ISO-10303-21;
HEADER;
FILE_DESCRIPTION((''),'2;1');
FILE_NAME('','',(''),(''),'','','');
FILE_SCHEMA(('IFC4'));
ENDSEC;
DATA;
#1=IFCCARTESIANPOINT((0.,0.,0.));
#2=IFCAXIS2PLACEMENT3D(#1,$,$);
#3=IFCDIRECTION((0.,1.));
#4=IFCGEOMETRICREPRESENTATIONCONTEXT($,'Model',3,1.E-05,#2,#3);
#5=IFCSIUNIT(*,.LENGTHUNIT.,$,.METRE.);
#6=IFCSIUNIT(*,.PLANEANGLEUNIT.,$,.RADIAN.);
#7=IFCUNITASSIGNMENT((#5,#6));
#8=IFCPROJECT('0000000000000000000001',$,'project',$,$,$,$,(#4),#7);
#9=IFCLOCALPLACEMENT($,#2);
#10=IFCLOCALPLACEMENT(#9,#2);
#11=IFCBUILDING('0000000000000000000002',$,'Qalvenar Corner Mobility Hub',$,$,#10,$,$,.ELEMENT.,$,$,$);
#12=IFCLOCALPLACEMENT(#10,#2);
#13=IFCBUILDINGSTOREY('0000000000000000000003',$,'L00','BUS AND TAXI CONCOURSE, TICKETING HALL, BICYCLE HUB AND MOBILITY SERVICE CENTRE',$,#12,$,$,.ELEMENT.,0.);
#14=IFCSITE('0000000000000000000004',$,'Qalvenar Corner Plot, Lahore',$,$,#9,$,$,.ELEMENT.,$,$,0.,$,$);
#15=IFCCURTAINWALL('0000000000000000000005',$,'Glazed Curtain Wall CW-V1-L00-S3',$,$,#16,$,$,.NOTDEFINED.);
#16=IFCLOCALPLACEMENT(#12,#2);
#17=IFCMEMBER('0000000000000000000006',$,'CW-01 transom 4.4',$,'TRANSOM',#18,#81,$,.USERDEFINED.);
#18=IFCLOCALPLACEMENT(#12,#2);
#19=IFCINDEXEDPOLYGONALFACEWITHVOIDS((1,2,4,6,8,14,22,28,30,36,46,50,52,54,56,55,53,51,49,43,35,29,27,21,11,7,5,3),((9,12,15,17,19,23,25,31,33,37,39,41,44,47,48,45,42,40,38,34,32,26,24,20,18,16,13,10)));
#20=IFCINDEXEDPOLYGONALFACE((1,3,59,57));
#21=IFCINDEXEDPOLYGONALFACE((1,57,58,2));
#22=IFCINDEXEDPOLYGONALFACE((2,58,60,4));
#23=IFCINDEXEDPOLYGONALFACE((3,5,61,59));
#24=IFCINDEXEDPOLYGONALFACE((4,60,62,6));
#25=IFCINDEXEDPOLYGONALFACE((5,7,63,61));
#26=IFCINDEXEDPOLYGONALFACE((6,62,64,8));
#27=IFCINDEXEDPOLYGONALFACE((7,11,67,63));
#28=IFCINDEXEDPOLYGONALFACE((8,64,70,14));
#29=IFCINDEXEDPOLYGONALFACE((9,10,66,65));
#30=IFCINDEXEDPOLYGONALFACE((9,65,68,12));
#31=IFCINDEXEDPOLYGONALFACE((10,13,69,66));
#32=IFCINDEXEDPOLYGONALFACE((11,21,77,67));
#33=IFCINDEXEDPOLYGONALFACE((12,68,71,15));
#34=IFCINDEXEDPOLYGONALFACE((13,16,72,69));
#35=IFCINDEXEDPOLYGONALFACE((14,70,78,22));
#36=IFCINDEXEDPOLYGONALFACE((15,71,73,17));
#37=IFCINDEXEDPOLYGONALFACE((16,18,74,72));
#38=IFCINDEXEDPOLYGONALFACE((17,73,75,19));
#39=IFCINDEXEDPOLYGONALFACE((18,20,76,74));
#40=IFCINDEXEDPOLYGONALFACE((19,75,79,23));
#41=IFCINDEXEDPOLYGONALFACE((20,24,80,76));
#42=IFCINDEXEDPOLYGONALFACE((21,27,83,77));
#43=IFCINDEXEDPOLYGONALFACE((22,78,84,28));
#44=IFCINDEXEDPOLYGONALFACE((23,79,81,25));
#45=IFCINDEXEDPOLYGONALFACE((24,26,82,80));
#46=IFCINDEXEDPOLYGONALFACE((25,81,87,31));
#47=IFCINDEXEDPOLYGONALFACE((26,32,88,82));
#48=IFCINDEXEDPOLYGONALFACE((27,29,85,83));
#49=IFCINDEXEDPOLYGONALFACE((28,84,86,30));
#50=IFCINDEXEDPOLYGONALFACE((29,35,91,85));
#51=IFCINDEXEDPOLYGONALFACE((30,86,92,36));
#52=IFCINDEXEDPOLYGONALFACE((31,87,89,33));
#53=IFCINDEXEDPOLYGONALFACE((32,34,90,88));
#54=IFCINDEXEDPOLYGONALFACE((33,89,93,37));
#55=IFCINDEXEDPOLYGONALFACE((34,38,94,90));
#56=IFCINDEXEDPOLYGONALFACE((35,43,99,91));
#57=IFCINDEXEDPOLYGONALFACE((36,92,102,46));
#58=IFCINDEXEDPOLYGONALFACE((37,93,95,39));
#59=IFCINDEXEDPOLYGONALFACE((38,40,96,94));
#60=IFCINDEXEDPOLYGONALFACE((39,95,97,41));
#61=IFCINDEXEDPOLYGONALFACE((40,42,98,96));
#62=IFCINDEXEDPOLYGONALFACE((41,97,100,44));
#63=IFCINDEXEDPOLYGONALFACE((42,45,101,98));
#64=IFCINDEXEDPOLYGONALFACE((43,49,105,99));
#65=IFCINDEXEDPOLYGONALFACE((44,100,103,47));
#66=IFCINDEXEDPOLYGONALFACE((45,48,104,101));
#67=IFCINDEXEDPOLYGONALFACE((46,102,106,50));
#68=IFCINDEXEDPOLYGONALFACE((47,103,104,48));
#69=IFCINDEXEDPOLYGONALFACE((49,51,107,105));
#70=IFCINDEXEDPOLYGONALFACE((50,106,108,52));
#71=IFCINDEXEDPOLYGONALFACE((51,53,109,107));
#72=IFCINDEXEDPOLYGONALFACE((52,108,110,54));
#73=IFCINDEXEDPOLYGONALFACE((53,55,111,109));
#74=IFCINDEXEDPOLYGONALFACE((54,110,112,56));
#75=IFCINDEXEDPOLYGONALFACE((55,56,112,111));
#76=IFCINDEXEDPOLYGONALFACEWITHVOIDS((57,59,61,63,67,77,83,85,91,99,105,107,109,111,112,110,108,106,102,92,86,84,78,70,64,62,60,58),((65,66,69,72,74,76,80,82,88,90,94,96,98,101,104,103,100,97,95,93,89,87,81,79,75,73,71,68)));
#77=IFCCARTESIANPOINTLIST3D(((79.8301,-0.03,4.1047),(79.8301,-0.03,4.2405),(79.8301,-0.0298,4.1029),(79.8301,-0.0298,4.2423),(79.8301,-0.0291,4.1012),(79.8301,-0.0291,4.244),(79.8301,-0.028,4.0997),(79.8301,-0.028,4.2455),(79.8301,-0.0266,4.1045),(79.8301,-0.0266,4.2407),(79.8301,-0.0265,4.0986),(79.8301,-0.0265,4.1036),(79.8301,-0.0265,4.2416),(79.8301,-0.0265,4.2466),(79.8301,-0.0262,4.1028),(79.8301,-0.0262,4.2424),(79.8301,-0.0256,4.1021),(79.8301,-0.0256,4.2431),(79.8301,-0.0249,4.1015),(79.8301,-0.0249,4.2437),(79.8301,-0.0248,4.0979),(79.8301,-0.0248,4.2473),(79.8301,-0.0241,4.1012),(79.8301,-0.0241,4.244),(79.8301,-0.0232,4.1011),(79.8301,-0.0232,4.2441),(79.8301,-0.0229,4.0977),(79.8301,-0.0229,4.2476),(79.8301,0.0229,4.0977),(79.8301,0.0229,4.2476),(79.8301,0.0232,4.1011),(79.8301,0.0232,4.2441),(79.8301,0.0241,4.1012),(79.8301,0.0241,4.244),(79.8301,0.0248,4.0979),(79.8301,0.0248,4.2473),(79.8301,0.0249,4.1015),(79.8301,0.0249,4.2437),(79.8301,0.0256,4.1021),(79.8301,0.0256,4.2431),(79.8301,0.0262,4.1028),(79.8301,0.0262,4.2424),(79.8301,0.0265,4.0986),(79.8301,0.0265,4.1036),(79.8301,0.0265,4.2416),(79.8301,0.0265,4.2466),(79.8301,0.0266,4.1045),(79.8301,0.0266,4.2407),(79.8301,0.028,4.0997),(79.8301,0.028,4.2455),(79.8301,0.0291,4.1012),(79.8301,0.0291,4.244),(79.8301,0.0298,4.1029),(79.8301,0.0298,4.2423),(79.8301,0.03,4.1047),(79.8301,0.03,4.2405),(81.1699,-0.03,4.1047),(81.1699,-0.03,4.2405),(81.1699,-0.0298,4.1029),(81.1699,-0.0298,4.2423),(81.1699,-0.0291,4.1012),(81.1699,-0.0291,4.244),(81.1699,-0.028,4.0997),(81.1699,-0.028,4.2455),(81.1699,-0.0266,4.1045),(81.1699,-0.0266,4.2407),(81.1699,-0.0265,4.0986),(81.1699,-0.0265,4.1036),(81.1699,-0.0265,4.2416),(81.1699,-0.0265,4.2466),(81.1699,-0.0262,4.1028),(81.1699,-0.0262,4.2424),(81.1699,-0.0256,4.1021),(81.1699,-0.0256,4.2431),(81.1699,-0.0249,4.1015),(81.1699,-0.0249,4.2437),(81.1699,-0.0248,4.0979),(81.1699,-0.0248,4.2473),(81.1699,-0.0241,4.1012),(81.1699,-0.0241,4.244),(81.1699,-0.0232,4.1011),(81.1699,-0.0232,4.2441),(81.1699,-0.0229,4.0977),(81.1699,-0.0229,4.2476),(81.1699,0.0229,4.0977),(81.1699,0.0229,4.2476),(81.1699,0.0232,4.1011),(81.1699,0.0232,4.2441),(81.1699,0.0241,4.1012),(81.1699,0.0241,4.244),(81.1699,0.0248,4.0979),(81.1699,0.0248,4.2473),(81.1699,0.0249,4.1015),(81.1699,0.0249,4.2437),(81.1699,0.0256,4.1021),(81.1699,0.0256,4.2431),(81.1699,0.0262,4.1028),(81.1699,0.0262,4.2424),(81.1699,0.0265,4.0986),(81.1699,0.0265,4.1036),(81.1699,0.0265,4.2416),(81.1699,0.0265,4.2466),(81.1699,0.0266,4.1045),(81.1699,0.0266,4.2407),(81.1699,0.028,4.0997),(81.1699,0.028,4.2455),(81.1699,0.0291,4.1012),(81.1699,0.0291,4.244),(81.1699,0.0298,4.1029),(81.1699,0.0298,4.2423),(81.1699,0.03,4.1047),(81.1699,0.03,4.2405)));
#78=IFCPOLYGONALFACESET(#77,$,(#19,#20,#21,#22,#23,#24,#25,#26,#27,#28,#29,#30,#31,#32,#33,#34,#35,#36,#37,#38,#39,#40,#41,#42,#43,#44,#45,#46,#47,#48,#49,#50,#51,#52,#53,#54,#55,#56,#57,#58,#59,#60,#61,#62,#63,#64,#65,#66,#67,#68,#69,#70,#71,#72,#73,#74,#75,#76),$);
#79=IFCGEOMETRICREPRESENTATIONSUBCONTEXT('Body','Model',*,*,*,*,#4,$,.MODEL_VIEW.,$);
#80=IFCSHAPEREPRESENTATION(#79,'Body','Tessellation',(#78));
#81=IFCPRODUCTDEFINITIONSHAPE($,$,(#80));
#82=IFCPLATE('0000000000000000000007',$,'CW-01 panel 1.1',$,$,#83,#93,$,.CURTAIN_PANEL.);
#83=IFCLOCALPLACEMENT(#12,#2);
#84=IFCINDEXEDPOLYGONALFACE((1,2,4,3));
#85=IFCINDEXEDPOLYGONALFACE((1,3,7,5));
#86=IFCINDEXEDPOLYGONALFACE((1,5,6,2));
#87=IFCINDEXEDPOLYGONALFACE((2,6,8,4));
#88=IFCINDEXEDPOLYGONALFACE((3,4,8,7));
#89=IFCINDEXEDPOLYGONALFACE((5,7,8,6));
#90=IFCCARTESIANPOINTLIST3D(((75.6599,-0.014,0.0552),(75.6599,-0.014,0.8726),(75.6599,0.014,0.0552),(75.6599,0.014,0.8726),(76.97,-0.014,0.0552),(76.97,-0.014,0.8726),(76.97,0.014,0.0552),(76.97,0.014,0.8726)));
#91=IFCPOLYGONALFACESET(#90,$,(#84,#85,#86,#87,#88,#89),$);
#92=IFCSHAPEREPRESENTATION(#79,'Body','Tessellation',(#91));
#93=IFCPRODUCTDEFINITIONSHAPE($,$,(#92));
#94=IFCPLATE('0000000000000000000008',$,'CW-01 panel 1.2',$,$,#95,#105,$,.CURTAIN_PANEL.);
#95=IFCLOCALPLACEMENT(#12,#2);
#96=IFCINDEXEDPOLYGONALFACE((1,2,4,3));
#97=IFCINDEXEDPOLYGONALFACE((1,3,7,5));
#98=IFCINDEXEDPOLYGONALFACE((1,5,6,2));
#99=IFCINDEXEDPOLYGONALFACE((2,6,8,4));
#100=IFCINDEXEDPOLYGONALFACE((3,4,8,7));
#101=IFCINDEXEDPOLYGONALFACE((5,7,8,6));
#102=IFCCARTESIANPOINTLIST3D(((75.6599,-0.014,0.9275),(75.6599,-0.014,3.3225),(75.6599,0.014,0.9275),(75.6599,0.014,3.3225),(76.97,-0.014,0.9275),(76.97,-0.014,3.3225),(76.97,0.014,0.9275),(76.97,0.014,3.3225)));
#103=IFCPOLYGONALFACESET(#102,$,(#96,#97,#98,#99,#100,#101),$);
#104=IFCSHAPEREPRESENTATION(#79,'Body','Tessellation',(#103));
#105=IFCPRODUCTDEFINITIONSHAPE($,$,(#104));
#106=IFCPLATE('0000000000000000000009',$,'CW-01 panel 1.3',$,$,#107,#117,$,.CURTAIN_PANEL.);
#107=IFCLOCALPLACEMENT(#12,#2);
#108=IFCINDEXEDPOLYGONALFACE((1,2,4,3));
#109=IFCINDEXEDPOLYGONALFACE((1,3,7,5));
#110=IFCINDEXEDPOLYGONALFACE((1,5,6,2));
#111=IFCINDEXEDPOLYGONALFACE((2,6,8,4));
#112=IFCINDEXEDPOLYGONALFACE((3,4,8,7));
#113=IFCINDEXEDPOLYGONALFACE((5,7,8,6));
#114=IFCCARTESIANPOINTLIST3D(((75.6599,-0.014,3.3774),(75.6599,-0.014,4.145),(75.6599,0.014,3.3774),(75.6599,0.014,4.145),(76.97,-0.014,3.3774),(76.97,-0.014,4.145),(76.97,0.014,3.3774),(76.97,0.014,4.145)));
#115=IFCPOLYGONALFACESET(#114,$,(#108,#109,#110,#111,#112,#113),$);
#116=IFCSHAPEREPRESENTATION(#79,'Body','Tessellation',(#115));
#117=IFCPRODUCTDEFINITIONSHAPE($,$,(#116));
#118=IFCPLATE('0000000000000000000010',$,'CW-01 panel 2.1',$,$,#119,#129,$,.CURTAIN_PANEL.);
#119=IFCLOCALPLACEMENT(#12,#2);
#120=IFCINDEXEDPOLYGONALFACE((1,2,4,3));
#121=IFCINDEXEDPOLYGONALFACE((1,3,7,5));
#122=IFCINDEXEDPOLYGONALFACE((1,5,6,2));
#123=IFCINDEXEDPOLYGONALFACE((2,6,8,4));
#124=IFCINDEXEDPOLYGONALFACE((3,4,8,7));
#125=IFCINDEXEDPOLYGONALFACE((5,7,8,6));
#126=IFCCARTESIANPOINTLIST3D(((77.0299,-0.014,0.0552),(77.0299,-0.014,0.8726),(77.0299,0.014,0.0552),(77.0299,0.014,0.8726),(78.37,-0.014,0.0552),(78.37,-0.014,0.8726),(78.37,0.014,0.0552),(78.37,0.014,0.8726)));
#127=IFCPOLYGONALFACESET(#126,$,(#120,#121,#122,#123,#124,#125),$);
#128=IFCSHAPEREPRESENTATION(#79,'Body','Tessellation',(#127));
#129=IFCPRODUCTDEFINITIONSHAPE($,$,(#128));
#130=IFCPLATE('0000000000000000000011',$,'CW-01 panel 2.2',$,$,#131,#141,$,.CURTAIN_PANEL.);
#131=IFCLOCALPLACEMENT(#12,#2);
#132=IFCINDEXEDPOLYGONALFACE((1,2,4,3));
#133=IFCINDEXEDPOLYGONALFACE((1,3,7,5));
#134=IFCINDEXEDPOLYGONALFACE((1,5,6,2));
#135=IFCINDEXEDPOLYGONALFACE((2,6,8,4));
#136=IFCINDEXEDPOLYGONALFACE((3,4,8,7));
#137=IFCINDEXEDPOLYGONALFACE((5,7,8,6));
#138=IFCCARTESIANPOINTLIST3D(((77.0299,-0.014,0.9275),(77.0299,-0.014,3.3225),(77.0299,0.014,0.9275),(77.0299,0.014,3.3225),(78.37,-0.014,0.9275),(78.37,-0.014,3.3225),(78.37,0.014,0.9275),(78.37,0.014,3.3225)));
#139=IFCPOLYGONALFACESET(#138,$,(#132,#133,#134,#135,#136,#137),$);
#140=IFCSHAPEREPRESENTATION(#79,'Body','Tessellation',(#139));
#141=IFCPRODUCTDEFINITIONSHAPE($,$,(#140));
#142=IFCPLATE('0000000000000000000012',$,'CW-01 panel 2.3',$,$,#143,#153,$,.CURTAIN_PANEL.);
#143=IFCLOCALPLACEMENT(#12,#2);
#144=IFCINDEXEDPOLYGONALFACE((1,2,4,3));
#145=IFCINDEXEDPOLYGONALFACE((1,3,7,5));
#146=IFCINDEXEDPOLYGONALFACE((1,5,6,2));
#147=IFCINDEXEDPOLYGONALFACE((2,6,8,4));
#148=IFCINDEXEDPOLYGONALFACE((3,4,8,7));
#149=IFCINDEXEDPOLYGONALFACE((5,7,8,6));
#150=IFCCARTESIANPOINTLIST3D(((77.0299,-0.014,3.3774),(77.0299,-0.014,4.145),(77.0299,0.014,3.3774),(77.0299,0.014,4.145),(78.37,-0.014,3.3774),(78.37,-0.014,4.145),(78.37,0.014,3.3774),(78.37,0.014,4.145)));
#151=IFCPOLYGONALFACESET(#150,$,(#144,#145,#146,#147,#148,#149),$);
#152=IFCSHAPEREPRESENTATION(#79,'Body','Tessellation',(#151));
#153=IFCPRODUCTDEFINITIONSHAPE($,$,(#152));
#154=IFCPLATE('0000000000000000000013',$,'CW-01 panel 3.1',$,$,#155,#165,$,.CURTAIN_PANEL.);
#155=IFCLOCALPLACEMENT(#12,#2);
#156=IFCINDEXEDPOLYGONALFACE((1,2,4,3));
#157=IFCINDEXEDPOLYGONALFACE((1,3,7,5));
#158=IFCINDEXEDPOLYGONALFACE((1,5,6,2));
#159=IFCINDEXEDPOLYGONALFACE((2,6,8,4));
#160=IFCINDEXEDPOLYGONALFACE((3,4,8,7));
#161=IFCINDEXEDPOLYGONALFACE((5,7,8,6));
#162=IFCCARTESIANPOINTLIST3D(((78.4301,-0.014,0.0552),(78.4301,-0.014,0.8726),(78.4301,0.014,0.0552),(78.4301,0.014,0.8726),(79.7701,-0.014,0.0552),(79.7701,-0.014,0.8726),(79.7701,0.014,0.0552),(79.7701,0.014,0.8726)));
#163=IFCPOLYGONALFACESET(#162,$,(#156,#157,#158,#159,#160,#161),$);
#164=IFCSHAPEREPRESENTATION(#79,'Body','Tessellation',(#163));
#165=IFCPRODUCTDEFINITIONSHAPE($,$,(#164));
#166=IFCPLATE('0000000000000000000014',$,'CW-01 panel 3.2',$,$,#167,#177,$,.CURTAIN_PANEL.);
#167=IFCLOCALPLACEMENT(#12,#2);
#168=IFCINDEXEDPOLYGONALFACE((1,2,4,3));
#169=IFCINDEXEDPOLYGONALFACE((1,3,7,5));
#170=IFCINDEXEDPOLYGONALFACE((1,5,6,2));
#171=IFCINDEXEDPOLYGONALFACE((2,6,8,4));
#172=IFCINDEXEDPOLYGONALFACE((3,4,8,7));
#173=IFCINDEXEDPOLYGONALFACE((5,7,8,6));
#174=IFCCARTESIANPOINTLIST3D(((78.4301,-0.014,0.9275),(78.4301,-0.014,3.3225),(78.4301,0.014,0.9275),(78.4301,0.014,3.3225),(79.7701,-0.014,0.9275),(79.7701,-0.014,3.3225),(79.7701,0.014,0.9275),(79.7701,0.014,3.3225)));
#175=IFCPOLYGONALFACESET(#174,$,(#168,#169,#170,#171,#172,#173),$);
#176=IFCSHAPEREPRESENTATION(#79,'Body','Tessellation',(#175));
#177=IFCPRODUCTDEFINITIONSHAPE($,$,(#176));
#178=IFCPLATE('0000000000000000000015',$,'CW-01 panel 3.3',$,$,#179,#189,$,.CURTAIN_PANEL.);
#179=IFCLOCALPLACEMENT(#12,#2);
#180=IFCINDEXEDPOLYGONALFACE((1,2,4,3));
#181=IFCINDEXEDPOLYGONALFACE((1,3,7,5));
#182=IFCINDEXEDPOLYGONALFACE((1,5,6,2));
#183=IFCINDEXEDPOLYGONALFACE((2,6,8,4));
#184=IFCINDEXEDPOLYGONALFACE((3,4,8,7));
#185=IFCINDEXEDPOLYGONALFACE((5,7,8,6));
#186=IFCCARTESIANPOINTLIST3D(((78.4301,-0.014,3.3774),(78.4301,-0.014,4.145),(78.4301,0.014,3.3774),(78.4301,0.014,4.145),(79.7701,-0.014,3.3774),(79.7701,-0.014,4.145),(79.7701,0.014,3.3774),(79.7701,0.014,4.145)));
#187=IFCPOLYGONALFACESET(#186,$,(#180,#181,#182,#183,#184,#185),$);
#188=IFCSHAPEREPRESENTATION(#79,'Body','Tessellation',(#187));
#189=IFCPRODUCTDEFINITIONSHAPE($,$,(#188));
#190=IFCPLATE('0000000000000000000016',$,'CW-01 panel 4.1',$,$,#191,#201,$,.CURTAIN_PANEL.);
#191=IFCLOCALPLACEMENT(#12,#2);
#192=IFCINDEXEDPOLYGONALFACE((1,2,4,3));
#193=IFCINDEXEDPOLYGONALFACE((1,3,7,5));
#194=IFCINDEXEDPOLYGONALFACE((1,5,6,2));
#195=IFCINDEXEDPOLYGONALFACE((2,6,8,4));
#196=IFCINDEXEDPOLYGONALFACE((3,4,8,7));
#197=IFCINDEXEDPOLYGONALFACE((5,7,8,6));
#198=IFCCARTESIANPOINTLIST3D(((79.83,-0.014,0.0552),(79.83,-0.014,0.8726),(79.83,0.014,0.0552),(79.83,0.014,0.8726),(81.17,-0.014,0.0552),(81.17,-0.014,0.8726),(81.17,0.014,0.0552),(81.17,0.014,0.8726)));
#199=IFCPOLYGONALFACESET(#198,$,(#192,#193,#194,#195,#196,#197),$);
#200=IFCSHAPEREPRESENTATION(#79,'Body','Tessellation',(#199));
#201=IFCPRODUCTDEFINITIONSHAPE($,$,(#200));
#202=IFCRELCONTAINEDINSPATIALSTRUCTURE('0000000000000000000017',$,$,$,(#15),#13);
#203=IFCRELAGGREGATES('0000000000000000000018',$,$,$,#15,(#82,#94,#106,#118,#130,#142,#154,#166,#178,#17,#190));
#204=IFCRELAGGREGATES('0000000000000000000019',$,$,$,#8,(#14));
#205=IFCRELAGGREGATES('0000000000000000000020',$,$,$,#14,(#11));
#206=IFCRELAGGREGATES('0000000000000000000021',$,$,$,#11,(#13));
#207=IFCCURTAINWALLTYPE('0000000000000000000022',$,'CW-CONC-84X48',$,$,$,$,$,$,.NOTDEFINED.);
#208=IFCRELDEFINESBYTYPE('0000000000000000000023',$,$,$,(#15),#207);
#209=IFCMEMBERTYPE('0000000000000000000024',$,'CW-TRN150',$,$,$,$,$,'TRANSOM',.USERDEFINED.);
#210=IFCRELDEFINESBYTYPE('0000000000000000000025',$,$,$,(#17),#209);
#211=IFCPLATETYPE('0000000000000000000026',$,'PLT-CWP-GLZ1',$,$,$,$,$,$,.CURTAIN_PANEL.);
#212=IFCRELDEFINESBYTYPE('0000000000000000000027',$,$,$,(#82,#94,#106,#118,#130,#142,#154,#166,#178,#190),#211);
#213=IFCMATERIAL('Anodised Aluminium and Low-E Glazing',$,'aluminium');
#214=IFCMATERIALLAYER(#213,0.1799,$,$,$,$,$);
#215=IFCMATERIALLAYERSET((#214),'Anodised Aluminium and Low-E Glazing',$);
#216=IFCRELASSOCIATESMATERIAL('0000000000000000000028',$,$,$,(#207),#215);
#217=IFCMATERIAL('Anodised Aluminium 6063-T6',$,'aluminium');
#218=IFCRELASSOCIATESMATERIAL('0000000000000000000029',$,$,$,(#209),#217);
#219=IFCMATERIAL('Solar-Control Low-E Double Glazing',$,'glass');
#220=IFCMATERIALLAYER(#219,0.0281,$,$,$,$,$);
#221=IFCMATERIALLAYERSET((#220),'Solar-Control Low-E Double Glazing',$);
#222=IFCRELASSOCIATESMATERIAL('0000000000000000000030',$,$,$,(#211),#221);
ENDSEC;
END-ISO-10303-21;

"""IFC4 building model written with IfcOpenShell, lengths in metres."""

from ifc_helpers import new_model, si_unit, direction, frame, origin, origin_2d, place, context, subcontext, project, spatial, rectangle, hollow_rectangle, extrude, material, layer, layer_set, material_profile, profile_set, type_object, element, aggregate, save


model = new_model("IFC4")

# Units and contexts
model_context = context("Model", 3, precision=1e-05, world=origin(), true_north=direction((0.0, 1.0)))
body_context = subcontext(model_context, "Body", "Model", "MODEL_VIEW")
ifc_project = project(units=[si_unit("LENGTHUNIT", "METRE"), si_unit("PLANEANGLEUNIT", "RADIAN")], contexts=[model_context])

# Site, building, storey
site_placement = place(None, origin())
site = spatial("IfcSite", under=ifc_project, at=site_placement, Name="Qalvenar Corner Plot, Lahore", CompositionType="ELEMENT", RefElevation=0.0)
building_placement = place(site_placement, origin())
building = spatial("IfcBuilding", under=site, at=building_placement, Name="Qalvenar Corner Mobility Hub", CompositionType="ELEMENT")
storey_placement = place(building_placement, origin())
storey = spatial("IfcBuildingStorey", under=building, at=storey_placement, Name="L00", Description="BUS AND TAXI CONCOURSE, TICKETING HALL, BICYCLE HUB AND MOBILITY SERVICE CENTRE", CompositionType="ELEMENT", Elevation=0.0)

# Curtain wall, member, plates
ifc_material_1 = material(Name="Anodised Aluminium and Low-E Glazing", Category="aluminium")
ifc_layer_1 = layer(ifc_material_1, 0.1799)
ifc_layer_set_1 = layer_set([ifc_layer_1], Name="Anodised Aluminium and Low-E Glazing")
curtain_wall_type = type_object("IfcCurtainWallType", Name="CW-CONC-84X48", PredefinedType="NOTDEFINED", material=ifc_layer_set_1)
curtain_wall_placement = place(storey_placement, origin())
curtain_wall = element("IfcCurtainWall", 1, at=curtain_wall_placement, inside=storey, type_object=curtain_wall_type, Name="Glazed Curtain Wall CW-V1-L00-S3", PredefinedType="NOTDEFINED")
ifc_material_2 = material(Name="Anodised Aluminium 6063-T6", Category="aluminium")
ifc_material_profile_1 = material_profile(ifc_material_2, hollow_rectangle(XDim=0.0601, YDim=0.1499, WallThickness=0.0034, InnerFilletRadius=0.0034, OuterFilletRadius=0.0071, at=origin_2d()), Name="RHS150x60x3.5")
ifc_profile_set_1 = profile_set([ifc_material_profile_1], Name="Anodised Aluminium 6063-T6")
member_type_1 = type_object("IfcMemberType", Name="CW-TRN150", ElementType="TRANSOM", PredefinedType="USERDEFINED", material=ifc_profile_set_1)
member_1_placement = place(storey_placement, frame((79.8301, 0.0, 4.1726), z_axis=(1.0, 0.0, 0.0), x_axis=(0.0, 1.0, 0.0)))
member_1 = element("IfcMember", 2, at=member_1_placement, type_object=member_type_1, Name="CW-01 transom 4.4", ObjectType="TRANSOM", PredefinedType="USERDEFINED", context=body_context, shape_type="SweptSolid", body=[
    extrude(hollow_rectangle(XDim=0.0601, YDim=0.1499, WallThickness=0.0034, InnerFilletRadius=0.0034, OuterFilletRadius=0.0071, at=origin_2d()), origin(), (0.0, 0.0, 1.0), 1.3398),
])
ifc_material_3 = material(Name="Solar-Control Low-E Double Glazing", Category="glass")
ifc_layer_2 = layer(ifc_material_3, 0.0281)
ifc_layer_set_2 = layer_set([ifc_layer_2], Name="Solar-Control Low-E Double Glazing")
plate_type = type_object("IfcPlateType", Name="PLT-CWP-GLZ1", PredefinedType="CURTAIN_PANEL", material=ifc_layer_set_2)
plate_1_placement = place(storey_placement, frame((76.3149, 0.0, 0.0552), z_axis=(0.0, 0.0, 1.0), x_axis=(1.0, 0.0, 0.0)))
plate_1 = element("IfcPlate", 3, at=plate_1_placement, type_object=plate_type, Name="CW-01 panel 1.1", PredefinedType="CURTAIN_PANEL", context=body_context, shape_type="SweptSolid", body=[
    extrude(rectangle(XDim=1.3101, YDim=0.0281, at=origin_2d()), origin(), (0.0, 0.0, 1.0), 0.8174),
])
plate_2_placement = place(storey_placement, frame((76.3149, 0.0, 0.9275), z_axis=(0.0, 0.0, 1.0), x_axis=(1.0, 0.0, 0.0)))
plate_2 = element("IfcPlate", 4, at=plate_2_placement, type_object=plate_type, Name="CW-01 panel 1.2", PredefinedType="CURTAIN_PANEL", context=body_context, shape_type="SweptSolid", body=[
    extrude(rectangle(XDim=1.3101, YDim=0.0281, at=origin_2d()), origin(), (0.0, 0.0, 1.0), 2.395),
])
plate_3_placement = place(storey_placement, frame((76.3149, 0.0, 3.3774), z_axis=(0.0, 0.0, 1.0), x_axis=(1.0, 0.0, 0.0)))
plate_3 = element("IfcPlate", 5, at=plate_3_placement, type_object=plate_type, Name="CW-01 panel 1.3", PredefinedType="CURTAIN_PANEL", context=body_context, shape_type="SweptSolid", body=[
    extrude(rectangle(XDim=1.3101, YDim=0.0281, at=origin_2d()), origin(), (0.0, 0.0, 1.0), 0.7676),
])
plate_4_placement = place(storey_placement, frame((77.7, 0.0, 0.0552), z_axis=(0.0, 0.0, 1.0), x_axis=(1.0, 0.0, 0.0)))
plate_4 = element("IfcPlate", 6, at=plate_4_placement, type_object=plate_type, Name="CW-01 panel 2.1", PredefinedType="CURTAIN_PANEL", context=body_context, shape_type="SweptSolid", body=[
    extrude(rectangle(XDim=1.3401, YDim=0.0281, at=origin_2d()), origin(), (0.0, 0.0, 1.0), 0.8174),
])
plate_5_placement = place(storey_placement, frame((77.7, 0.0, 0.9275), z_axis=(0.0, 0.0, 1.0), x_axis=(1.0, 0.0, 0.0)))
plate_5 = element("IfcPlate", 7, at=plate_5_placement, type_object=plate_type, Name="CW-01 panel 2.2", PredefinedType="CURTAIN_PANEL", context=body_context, shape_type="SweptSolid", body=[
    extrude(rectangle(XDim=1.3401, YDim=0.0281, at=origin_2d()), origin(), (0.0, 0.0, 1.0), 2.395),
])
plate_6_placement = place(storey_placement, frame((77.7, 0.0, 3.3774), z_axis=(0.0, 0.0, 1.0), x_axis=(1.0, 0.0, 0.0)))
plate_6 = element("IfcPlate", 8, at=plate_6_placement, type_object=plate_type, Name="CW-01 panel 2.3", PredefinedType="CURTAIN_PANEL", context=body_context, shape_type="SweptSolid", body=[
    extrude(rectangle(XDim=1.3401, YDim=0.0281, at=origin_2d()), origin(), (0.0, 0.0, 1.0), 0.7676),
])
plate_7_placement = place(storey_placement, frame((79.1001, 0.0, 0.0552), z_axis=(0.0, 0.0, 1.0), x_axis=(1.0, 0.0, 0.0)))
plate_7 = element("IfcPlate", 9, at=plate_7_placement, type_object=plate_type, Name="CW-01 panel 3.1", PredefinedType="CURTAIN_PANEL", context=body_context, shape_type="SweptSolid", body=[
    extrude(rectangle(XDim=1.3401, YDim=0.0281, at=origin_2d()), origin(), (0.0, 0.0, 1.0), 0.8174),
])
plate_8_placement = place(storey_placement, frame((79.1001, 0.0, 0.9275), z_axis=(0.0, 0.0, 1.0), x_axis=(1.0, 0.0, 0.0)))
plate_8 = element("IfcPlate", 10, at=plate_8_placement, type_object=plate_type, Name="CW-01 panel 3.2", PredefinedType="CURTAIN_PANEL", context=body_context, shape_type="SweptSolid", body=[
    extrude(rectangle(XDim=1.3401, YDim=0.0281, at=origin_2d()), origin(), (0.0, 0.0, 1.0), 2.395),
])
plate_9_placement = place(storey_placement, frame((79.1001, 0.0, 3.3774), z_axis=(0.0, 0.0, 1.0), x_axis=(1.0, 0.0, 0.0)))
plate_9 = element("IfcPlate", 11, at=plate_9_placement, type_object=plate_type, Name="CW-01 panel 3.3", PredefinedType="CURTAIN_PANEL", context=body_context, shape_type="SweptSolid", body=[
    extrude(rectangle(XDim=1.3401, YDim=0.0281, at=origin_2d()), origin(), (0.0, 0.0, 1.0), 0.7676),
])
plate_10_placement = place(storey_placement, frame((80.5, 0.0, 0.0552), z_axis=(0.0, 0.0, 1.0), x_axis=(1.0, 0.0, 0.0)))
plate_10 = element("IfcPlate", 12, at=plate_10_placement, type_object=plate_type, Name="CW-01 panel 4.1", PredefinedType="CURTAIN_PANEL", context=body_context, shape_type="SweptSolid", body=[
    extrude(rectangle(XDim=1.3401, YDim=0.0281, at=origin_2d()), origin(), (0.0, 0.0, 1.0), 0.8174),
])
aggregate(curtain_wall, [plate_1, plate_2, plate_3, plate_4, plate_5, plate_6, plate_7, plate_8, plate_9, member_1, plate_10])

save(model, "model.ifc")
